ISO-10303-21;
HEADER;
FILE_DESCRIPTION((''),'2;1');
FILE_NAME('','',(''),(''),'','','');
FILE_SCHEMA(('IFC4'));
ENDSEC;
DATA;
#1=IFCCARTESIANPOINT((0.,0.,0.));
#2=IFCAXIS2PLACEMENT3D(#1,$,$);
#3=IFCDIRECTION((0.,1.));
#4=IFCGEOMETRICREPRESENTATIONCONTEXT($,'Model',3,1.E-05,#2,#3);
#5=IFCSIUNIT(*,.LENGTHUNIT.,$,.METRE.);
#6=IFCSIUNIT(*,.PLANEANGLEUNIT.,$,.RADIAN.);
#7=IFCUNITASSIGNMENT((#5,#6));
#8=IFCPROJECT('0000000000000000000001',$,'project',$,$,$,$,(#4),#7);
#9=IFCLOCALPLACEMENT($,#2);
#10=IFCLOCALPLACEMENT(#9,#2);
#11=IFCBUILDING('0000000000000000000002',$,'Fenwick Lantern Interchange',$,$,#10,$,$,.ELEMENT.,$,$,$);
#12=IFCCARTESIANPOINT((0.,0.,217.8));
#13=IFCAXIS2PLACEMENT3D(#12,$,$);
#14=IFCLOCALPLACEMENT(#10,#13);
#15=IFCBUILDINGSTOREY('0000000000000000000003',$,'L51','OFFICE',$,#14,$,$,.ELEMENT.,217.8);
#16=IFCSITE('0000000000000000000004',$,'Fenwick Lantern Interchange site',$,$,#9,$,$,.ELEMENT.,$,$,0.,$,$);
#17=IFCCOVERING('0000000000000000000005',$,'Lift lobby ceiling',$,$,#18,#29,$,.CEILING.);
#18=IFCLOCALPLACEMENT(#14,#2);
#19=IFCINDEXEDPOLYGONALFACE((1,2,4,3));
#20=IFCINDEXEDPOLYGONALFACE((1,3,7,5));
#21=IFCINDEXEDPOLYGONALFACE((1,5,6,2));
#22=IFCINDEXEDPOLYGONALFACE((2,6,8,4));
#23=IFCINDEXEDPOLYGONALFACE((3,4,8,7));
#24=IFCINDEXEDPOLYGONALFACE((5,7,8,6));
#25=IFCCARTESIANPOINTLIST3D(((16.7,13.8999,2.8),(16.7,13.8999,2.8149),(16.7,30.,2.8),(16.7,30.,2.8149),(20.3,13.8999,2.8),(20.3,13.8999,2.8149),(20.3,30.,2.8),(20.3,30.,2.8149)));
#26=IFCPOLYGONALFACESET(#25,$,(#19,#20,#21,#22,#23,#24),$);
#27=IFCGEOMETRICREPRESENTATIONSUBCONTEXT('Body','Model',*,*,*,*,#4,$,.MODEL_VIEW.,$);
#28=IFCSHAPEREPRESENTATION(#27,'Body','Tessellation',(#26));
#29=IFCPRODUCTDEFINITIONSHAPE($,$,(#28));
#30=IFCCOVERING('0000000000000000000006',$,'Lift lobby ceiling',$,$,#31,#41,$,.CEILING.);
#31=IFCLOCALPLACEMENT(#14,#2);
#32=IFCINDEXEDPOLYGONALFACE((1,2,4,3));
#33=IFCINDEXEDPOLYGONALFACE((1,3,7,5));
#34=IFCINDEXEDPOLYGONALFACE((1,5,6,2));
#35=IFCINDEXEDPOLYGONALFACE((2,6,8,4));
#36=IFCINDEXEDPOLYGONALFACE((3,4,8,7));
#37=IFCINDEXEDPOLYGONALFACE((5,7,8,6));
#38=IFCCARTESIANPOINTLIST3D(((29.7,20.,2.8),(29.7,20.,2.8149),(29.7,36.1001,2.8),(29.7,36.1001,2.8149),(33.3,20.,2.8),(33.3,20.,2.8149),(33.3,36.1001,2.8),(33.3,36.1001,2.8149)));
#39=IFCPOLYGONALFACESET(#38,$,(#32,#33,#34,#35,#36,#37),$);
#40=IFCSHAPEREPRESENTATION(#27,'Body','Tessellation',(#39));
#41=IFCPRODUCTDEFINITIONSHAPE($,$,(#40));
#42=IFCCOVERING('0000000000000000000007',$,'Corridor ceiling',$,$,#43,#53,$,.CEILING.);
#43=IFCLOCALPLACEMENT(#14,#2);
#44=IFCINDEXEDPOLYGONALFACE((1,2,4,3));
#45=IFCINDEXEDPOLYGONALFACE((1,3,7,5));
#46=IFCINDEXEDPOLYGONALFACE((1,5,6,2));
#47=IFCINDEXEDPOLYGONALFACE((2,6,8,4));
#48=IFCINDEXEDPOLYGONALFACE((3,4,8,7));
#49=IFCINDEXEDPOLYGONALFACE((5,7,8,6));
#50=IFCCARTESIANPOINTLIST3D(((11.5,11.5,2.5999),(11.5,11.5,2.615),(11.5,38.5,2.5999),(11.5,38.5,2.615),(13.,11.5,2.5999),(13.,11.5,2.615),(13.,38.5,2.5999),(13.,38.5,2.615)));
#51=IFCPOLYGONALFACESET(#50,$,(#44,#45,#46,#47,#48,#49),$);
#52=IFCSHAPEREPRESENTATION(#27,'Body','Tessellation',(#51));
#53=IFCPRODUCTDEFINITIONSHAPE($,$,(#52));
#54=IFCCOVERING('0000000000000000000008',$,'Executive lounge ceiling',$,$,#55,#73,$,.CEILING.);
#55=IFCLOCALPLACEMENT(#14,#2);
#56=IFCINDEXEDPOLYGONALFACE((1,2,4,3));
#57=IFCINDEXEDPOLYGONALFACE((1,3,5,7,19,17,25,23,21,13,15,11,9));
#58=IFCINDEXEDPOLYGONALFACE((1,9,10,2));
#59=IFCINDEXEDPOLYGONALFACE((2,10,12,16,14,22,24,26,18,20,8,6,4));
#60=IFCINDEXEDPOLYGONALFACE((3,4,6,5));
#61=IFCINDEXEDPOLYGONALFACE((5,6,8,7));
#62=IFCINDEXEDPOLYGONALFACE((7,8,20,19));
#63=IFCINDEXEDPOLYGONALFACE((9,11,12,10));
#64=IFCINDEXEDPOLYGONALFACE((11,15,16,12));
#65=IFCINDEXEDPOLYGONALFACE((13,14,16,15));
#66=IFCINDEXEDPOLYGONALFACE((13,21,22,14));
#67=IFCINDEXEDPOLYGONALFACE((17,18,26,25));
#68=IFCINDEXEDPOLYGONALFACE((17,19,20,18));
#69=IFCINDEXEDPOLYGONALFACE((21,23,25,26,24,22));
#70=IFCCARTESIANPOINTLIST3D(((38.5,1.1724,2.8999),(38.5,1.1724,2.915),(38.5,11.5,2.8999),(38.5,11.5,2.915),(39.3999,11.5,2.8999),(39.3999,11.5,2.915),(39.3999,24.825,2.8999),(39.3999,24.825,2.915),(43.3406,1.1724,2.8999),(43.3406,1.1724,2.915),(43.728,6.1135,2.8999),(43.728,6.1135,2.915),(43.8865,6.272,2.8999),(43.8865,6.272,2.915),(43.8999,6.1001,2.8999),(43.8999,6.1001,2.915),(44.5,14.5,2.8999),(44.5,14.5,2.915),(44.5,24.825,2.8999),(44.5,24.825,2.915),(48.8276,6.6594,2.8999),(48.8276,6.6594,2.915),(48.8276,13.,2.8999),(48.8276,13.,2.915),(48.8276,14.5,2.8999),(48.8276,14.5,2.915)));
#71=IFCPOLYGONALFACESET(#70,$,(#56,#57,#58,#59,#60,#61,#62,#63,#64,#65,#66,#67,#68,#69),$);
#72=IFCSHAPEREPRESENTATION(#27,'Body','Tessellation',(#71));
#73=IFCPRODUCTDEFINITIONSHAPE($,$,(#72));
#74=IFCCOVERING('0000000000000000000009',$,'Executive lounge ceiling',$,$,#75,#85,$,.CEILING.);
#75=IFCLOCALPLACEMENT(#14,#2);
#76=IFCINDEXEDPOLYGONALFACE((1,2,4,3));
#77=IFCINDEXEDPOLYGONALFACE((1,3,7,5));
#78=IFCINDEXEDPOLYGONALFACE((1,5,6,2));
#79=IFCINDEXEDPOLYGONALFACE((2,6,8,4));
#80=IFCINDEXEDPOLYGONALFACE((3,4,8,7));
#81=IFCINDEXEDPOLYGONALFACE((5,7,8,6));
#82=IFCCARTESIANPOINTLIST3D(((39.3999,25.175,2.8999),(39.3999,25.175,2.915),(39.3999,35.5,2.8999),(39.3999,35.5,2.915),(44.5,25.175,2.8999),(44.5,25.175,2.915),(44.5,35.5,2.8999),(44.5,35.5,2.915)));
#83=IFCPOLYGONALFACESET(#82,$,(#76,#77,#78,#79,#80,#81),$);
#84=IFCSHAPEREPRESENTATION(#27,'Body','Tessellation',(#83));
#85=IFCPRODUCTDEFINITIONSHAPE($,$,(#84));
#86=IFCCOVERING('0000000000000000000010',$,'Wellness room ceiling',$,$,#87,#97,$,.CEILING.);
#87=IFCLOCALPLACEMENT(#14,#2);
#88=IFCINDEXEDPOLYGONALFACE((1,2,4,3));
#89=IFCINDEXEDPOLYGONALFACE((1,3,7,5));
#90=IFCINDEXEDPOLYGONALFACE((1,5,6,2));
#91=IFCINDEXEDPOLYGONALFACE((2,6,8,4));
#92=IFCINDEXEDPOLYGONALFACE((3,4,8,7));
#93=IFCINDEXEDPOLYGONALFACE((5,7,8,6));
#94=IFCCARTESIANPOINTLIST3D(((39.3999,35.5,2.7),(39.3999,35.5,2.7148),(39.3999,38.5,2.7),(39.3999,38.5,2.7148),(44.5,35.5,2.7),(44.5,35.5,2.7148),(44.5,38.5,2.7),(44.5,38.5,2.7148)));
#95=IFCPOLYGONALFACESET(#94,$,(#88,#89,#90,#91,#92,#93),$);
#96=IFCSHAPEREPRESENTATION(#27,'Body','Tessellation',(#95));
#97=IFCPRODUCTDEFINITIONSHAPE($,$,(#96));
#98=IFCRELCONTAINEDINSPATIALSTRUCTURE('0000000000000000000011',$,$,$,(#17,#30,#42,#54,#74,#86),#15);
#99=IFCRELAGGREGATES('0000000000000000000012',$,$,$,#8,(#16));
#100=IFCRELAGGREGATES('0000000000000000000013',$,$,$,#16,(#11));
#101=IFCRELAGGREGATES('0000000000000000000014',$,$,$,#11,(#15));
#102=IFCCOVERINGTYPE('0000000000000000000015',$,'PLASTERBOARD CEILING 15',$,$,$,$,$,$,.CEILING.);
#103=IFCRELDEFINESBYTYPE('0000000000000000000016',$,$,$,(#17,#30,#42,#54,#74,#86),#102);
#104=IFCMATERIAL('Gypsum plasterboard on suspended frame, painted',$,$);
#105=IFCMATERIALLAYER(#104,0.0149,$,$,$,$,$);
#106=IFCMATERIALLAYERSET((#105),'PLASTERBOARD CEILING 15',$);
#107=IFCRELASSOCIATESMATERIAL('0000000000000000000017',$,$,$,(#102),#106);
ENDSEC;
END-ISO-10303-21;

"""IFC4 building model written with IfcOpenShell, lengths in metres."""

from ifc_helpers import new_model, si_unit, direction, frame, origin, place, context, subcontext, project, spatial, polyline, outline, extrude, material, layer, layer_set, type_object, element, save


model = new_model("IFC4")

# Units and contexts
model_context = context("Model", 3, precision=1e-05, world=origin(), true_north=direction((0.0, 1.0)))
body_context = subcontext(model_context, "Body", "Model", "MODEL_VIEW")
ifc_project = project(units=[si_unit("LENGTHUNIT", "METRE"), si_unit("PLANEANGLEUNIT", "RADIAN")], contexts=[model_context])

# Site, building, storey
site_placement = place(None, origin())
site = spatial("IfcSite", under=ifc_project, at=site_placement, Name="Fenwick Lantern Interchange site", CompositionType="ELEMENT", RefElevation=0.0)
building_placement = place(site_placement, origin())
building = spatial("IfcBuilding", under=site, at=building_placement, Name="Fenwick Lantern Interchange", CompositionType="ELEMENT")
storey_placement = place(building_placement, frame((0.0, 0.0, 217.8)))
storey = spatial("IfcBuildingStorey", under=building, at=storey_placement, Name="L51", Description="OFFICE", CompositionType="ELEMENT", Elevation=217.8)

# Coverings
ifc_material_1 = material(Name="Gypsum plasterboard on suspended frame, painted")
ifc_layer_1 = layer(ifc_material_1, 0.0149)
ifc_layer_set_1 = layer_set([ifc_layer_1], Name="PLASTERBOARD CEILING 15")
covering_type_1 = type_object("IfcCoveringType", Name="PLASTERBOARD CEILING 15", PredefinedType="CEILING", material=ifc_layer_set_1)
covering_1_placement = place(storey_placement, frame((0.0, 0.0, 2.8)))
element("IfcCovering", 1, at=covering_1_placement, inside=storey, type_object=covering_type_1, Name="Lift lobby ceiling", PredefinedType="CEILING", context=body_context, shape_type="SweptSolid", body=[
    extrude(outline(polyline([(16.7, 13.8999), (20.3, 13.8999), (20.3, 30.0), (16.7, 30.0), (16.7, 13.8999)])), origin(), (0.0, 0.0, 1.0), 0.0149),
])
covering_2_placement = place(storey_placement, frame((0.0, 0.0, 2.8)))
element("IfcCovering", 2, at=covering_2_placement, inside=storey, type_object=covering_type_1, Name="Lift lobby ceiling", PredefinedType="CEILING", context=body_context, shape_type="SweptSolid", body=[
    extrude(outline(polyline([(33.3, 36.1001), (29.7, 36.1001), (29.7, 20.0), (33.3, 20.0), (33.3, 36.1001)])), origin(), (0.0, 0.0, 1.0), 0.0149),
])
covering_3_placement = place(storey_placement, frame((0.0, 0.0, 2.5999)))
element("IfcCovering", 3, at=covering_3_placement, inside=storey, type_object=covering_type_1, Name="Corridor ceiling", PredefinedType="CEILING", context=body_context, shape_type="SweptSolid", body=[
    extrude(outline(polyline([(13.0, 38.5), (11.5, 38.5), (11.5, 11.5), (13.0, 11.5), (13.0, 38.5)])), origin(), (0.0, 0.0, 1.0), 0.0151),
])
covering_4_placement = place(storey_placement, frame((0.0, 0.0, 2.8999)))
element("IfcCovering", 4, at=covering_4_placement, inside=storey, type_object=covering_type_1, Name="Executive lounge ceiling", PredefinedType="CEILING", context=body_context, shape_type="SweptSolid", body=[
    extrude(outline(polyline([(38.5, 11.5), (38.5, 1.1724), (43.3406, 1.1724), (43.728, 6.1135), (43.8999, 6.1001), (43.8865, 6.272), (48.8276, 6.6594), (48.8276, 13.0), (48.8276, 14.5), (44.5, 14.5), (44.5, 24.825), (39.3999, 24.825), (39.3999, 11.5), (38.5, 11.5)])), origin(), (0.0, 0.0, 1.0), 0.0151),
])
covering_5_placement = place(storey_placement, frame((0.0, 0.0, 2.8999)))
element("IfcCovering", 5, at=covering_5_placement, inside=storey, type_object=covering_type_1, Name="Executive lounge ceiling", PredefinedType="CEILING", context=body_context, shape_type="SweptSolid", body=[
    extrude(outline(polyline([(39.3999, 35.5), (39.3999, 25.175), (44.5, 25.175), (44.5, 35.5), (39.3999, 35.5)])), origin(), (0.0, 0.0, 1.0), 0.0151),
])
covering_6_placement = place(storey_placement, frame((0.0, 0.0, 2.7)))
element("IfcCovering", 6, at=covering_6_placement, inside=storey, type_object=covering_type_1, Name="Wellness room ceiling", PredefinedType="CEILING", context=body_context, shape_type="SweptSolid", body=[
    extrude(outline(polyline([(44.5, 35.5), (44.5, 38.5), (39.3999, 38.5), (39.3999, 35.5), (44.5, 35.5)])), origin(), (0.0, 0.0, 1.0), 0.0149),
])

save(model, "model.ifc")
